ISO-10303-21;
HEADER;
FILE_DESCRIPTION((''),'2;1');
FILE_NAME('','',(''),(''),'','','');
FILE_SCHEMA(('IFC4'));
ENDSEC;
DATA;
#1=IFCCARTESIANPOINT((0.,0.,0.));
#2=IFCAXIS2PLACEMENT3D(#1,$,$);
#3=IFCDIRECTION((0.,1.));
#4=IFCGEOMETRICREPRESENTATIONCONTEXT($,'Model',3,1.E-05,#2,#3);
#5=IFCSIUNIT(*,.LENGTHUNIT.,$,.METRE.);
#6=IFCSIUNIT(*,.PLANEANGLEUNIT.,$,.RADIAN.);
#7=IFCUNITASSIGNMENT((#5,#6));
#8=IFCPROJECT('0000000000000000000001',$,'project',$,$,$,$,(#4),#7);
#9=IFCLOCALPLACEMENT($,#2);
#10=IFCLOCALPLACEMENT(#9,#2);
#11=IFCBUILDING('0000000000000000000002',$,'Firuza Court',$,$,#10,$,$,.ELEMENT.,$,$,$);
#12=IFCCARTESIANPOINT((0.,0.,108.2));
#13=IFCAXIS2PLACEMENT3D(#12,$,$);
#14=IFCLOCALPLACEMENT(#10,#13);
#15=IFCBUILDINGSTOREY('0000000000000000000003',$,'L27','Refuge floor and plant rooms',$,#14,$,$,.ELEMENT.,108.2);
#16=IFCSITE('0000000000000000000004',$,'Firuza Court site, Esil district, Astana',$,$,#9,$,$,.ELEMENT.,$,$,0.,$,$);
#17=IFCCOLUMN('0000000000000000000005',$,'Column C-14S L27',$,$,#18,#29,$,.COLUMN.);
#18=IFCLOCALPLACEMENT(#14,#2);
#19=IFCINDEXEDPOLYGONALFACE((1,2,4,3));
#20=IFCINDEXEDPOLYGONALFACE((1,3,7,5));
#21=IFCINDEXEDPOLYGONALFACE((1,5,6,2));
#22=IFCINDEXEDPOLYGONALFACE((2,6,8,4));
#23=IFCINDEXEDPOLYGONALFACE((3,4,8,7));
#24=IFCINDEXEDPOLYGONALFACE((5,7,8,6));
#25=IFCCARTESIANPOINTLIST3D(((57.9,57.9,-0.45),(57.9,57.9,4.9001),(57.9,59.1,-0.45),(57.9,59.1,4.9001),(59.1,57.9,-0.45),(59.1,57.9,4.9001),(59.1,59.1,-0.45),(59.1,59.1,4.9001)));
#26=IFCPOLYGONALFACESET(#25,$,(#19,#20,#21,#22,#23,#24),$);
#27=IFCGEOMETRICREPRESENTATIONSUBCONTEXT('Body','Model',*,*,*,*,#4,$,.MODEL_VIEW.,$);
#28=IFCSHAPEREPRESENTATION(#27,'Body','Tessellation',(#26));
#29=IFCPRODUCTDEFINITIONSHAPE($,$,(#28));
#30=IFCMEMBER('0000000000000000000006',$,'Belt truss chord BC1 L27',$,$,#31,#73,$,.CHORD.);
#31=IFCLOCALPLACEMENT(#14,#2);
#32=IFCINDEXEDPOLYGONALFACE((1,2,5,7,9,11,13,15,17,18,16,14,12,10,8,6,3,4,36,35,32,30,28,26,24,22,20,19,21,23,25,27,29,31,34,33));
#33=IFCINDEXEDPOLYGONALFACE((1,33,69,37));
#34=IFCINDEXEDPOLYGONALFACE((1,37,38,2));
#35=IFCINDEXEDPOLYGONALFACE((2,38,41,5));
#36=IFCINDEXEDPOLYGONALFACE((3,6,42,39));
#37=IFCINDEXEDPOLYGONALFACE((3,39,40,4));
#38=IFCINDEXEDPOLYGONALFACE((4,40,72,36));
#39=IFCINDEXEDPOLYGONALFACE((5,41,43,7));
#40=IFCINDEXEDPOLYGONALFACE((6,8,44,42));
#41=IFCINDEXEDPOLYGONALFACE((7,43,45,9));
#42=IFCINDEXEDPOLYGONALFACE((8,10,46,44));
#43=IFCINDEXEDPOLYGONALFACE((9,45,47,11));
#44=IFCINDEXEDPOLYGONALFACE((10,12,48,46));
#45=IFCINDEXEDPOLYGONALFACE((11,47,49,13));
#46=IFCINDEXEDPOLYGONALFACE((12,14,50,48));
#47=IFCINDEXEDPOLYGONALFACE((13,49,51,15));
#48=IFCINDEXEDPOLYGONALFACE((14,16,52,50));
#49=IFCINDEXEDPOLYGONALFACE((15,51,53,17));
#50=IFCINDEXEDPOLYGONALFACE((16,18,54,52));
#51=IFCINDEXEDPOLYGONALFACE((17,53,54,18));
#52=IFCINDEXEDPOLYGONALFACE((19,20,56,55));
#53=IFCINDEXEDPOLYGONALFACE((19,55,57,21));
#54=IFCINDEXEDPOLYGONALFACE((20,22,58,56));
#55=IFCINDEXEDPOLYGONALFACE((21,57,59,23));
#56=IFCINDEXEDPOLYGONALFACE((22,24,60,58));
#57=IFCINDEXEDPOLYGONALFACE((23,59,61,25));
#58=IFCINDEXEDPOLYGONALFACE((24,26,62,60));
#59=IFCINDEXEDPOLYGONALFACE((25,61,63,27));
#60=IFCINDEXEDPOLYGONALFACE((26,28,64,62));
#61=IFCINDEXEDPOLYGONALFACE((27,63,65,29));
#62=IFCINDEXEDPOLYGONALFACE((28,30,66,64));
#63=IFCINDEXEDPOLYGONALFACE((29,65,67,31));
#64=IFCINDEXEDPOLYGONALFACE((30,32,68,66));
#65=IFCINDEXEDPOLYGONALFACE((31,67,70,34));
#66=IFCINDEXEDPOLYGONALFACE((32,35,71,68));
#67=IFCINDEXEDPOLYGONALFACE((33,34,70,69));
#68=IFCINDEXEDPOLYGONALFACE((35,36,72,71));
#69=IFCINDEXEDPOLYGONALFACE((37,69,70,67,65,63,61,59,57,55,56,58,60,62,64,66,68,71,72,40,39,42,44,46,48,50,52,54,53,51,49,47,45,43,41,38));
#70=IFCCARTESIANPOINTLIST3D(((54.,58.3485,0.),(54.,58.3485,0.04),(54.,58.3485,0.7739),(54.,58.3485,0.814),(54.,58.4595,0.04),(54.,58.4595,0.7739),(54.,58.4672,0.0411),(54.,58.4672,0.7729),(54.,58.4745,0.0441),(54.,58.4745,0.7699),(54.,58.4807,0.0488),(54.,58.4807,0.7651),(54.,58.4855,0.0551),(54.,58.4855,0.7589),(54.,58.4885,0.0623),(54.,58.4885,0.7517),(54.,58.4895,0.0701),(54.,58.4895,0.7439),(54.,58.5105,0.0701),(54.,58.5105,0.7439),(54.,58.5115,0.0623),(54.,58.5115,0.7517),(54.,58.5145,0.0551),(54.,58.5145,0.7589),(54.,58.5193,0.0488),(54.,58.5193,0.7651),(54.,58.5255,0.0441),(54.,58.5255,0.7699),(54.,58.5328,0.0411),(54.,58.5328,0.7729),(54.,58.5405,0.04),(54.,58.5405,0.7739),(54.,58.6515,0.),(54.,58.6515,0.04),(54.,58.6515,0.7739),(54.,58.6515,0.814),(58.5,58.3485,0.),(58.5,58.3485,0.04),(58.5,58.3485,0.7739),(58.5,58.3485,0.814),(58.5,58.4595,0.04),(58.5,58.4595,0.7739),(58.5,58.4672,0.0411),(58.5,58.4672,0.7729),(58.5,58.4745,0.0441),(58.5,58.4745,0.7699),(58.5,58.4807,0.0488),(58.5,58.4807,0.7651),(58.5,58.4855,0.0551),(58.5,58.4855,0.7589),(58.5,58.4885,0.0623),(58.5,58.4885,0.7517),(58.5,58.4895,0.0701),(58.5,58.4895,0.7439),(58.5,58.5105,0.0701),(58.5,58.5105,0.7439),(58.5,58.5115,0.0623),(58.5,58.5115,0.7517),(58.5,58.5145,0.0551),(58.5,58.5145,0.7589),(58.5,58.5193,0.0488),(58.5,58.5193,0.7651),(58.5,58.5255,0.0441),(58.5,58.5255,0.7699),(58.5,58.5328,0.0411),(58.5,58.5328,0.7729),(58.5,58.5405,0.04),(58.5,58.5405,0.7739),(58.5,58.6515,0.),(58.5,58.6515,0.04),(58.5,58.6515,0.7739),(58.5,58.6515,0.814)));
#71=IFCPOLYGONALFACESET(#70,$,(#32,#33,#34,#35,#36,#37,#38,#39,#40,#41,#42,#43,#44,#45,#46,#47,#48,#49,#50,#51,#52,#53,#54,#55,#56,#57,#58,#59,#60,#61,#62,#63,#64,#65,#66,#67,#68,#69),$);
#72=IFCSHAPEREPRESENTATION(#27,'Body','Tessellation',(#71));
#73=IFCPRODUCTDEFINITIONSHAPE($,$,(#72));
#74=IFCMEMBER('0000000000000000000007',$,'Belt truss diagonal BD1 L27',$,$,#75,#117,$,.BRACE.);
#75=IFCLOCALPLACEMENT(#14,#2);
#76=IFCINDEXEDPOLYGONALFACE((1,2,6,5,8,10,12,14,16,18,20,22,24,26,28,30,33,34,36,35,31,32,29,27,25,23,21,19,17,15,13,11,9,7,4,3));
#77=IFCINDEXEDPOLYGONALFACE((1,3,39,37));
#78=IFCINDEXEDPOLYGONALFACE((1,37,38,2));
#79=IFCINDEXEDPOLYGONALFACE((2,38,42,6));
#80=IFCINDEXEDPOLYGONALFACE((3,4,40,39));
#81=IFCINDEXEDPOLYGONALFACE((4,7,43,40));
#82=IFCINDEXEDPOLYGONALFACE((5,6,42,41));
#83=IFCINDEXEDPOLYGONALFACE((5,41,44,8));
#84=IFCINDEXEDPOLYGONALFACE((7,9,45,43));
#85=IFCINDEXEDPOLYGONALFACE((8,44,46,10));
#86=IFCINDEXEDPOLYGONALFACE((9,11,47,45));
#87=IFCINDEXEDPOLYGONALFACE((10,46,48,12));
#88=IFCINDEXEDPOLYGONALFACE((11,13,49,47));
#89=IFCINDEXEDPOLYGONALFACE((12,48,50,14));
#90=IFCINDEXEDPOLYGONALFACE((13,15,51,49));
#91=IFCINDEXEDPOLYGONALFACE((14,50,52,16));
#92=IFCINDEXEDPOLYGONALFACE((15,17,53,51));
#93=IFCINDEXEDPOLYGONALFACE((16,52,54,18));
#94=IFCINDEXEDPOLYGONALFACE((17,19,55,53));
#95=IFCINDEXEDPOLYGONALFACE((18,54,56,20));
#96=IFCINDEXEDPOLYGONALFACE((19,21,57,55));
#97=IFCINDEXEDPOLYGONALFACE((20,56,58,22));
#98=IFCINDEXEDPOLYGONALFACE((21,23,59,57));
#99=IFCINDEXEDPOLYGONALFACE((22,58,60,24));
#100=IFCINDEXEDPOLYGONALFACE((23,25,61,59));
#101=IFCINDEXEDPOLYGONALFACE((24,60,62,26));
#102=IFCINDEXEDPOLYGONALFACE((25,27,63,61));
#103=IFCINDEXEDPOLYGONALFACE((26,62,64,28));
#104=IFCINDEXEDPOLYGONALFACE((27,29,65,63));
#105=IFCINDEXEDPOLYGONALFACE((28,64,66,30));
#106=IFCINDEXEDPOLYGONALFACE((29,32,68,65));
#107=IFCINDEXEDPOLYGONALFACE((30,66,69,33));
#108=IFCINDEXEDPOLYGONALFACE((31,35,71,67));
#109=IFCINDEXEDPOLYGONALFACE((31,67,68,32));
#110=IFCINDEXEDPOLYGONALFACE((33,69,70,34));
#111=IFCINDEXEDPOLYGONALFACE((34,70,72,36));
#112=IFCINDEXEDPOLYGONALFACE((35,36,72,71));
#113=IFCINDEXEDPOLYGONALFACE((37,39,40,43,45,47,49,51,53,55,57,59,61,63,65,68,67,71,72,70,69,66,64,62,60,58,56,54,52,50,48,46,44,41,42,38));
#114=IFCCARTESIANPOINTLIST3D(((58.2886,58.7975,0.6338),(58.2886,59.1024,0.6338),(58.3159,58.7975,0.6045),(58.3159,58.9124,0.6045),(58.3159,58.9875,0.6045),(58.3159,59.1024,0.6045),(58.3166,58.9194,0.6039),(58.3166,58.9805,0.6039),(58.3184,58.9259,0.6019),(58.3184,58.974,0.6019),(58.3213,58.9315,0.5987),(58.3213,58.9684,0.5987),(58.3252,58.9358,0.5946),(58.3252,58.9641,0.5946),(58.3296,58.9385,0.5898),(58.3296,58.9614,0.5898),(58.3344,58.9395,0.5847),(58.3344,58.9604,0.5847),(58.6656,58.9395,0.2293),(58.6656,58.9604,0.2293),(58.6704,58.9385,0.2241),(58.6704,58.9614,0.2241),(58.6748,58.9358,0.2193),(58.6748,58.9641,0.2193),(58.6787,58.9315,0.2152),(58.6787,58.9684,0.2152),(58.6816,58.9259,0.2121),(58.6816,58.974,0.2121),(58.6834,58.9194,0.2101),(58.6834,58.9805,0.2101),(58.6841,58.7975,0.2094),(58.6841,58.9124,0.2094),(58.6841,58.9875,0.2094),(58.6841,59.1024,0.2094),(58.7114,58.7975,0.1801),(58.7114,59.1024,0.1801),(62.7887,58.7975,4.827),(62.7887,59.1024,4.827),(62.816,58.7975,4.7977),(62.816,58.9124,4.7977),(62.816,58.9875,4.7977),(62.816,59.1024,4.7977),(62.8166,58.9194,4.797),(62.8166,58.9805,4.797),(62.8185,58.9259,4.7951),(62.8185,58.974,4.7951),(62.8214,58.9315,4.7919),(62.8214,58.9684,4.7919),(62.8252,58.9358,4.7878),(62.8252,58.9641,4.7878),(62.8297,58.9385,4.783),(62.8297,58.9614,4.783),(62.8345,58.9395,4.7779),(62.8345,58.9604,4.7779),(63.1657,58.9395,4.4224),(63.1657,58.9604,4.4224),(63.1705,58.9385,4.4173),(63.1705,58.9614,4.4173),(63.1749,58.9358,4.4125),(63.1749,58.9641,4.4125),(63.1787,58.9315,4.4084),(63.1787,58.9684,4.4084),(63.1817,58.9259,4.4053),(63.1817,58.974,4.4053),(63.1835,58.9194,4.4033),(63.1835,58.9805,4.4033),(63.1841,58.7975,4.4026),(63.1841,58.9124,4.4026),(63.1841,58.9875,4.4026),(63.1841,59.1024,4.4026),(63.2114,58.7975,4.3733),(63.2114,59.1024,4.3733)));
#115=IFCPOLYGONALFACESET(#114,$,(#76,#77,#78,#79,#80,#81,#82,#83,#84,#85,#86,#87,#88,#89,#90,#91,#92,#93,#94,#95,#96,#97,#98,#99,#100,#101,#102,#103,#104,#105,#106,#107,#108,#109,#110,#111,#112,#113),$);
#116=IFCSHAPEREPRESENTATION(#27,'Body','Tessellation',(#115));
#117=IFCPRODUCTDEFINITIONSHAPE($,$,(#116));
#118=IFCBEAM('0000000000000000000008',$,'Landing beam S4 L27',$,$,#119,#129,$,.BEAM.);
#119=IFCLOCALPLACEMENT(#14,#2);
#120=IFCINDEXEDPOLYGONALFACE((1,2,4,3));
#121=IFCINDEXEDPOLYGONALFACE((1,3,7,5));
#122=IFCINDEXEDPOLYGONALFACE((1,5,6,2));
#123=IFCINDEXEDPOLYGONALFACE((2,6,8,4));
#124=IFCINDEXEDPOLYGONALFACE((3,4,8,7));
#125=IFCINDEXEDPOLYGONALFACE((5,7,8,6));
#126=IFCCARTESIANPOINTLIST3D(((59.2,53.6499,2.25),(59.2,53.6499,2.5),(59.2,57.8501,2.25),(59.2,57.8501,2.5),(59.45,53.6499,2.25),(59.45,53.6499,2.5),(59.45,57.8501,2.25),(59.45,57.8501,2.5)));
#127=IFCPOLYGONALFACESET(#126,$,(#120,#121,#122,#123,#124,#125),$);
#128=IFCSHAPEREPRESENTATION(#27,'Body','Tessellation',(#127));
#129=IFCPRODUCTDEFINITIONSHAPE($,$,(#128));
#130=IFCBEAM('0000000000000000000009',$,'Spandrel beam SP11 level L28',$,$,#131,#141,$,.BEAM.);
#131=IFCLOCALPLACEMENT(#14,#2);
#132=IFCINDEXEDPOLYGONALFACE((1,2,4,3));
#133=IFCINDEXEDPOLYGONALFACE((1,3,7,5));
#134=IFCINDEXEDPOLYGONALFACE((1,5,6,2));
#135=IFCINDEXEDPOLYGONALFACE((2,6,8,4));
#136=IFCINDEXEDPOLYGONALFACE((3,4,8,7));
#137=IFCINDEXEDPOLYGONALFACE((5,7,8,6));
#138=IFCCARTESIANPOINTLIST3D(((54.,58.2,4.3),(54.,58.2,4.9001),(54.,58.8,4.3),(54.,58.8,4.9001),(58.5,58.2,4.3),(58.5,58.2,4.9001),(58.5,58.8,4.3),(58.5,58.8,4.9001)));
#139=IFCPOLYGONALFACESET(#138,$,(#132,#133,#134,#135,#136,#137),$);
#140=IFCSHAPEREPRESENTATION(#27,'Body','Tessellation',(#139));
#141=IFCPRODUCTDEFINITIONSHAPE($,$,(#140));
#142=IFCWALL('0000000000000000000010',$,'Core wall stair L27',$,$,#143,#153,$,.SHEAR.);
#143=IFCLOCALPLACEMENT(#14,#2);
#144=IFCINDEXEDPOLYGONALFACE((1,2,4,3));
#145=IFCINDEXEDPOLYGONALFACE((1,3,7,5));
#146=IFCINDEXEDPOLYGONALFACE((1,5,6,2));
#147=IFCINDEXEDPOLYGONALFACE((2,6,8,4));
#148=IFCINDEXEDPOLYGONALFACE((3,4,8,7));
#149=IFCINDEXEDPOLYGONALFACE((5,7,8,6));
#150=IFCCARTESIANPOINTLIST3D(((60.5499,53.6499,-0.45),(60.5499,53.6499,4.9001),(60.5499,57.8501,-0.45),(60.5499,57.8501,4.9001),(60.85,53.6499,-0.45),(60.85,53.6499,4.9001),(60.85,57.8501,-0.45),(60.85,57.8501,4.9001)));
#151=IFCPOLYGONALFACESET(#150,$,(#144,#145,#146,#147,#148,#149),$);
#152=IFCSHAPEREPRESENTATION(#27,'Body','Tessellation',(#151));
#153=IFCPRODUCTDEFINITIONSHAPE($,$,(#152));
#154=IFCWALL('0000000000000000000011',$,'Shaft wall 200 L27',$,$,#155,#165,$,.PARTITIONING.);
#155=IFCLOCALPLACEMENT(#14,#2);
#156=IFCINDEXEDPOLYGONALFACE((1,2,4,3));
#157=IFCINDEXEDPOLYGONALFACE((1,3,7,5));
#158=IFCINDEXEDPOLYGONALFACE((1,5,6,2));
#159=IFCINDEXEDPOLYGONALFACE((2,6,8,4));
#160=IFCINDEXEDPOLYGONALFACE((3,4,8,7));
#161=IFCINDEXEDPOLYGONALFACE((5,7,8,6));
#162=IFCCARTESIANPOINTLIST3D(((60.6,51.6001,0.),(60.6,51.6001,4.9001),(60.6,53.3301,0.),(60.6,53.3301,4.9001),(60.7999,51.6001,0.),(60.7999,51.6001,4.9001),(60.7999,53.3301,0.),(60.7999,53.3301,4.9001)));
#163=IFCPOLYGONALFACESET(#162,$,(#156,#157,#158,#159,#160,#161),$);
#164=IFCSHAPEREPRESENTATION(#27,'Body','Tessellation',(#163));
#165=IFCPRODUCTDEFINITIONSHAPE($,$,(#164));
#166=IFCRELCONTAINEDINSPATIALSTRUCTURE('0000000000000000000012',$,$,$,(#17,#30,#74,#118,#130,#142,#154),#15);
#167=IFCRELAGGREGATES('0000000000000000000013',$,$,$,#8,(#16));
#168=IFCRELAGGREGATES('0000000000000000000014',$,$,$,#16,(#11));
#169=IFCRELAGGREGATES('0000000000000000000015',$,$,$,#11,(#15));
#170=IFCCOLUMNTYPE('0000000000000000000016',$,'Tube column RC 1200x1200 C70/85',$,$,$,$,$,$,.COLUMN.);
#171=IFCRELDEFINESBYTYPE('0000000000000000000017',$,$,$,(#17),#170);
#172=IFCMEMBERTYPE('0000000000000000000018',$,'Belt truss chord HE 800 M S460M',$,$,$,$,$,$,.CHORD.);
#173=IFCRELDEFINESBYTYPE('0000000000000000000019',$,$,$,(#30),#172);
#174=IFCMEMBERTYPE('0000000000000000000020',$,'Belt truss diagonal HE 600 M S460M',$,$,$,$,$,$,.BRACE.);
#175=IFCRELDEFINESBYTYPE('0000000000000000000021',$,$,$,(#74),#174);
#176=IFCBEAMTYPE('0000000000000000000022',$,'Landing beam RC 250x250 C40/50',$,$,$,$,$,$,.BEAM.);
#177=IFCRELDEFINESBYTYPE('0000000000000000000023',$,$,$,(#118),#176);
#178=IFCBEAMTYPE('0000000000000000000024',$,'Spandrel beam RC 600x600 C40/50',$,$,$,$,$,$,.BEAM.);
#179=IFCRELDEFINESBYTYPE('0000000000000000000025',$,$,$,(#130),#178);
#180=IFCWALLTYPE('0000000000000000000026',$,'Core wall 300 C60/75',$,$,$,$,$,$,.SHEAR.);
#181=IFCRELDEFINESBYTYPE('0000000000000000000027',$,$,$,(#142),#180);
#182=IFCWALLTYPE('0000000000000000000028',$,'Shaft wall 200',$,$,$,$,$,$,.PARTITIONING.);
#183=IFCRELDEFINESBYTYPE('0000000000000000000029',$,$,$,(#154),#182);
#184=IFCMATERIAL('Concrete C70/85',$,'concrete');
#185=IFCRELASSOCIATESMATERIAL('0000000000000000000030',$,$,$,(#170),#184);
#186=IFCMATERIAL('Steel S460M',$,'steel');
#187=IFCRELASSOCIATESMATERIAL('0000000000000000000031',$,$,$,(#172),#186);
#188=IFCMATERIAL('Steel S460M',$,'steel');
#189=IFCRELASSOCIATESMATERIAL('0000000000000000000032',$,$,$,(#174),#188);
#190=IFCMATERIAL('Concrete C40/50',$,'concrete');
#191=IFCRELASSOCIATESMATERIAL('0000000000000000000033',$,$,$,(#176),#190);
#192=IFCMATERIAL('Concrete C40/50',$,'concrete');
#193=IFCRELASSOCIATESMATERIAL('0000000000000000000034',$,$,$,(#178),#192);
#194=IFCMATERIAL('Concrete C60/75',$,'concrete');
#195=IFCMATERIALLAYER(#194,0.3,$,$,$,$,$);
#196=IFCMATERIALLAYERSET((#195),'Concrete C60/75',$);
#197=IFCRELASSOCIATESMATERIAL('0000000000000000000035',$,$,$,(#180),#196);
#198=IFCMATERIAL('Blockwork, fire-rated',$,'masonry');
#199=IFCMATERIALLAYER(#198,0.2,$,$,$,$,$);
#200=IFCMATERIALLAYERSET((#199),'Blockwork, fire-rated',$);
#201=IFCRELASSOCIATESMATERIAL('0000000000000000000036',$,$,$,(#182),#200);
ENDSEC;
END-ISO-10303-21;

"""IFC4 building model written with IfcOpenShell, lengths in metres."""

from ifc_helpers import new_model, si_unit, direction, frame, frame_2d, origin, origin_2d, place, context, subcontext, project, spatial, rectangle, i_section, extrude, material, layer, layer_set, material_profile, profile_set, type_object, element, save


model = new_model("IFC4")

# Units and contexts
model_context = context("Model", 3, precision=1e-05, world=origin(), true_north=direction((0.0, 1.0)))
body_context = subcontext(model_context, "Body", "Model", "MODEL_VIEW")
ifc_project = project(units=[si_unit("LENGTHUNIT", "METRE"), si_unit("PLANEANGLEUNIT", "RADIAN")], contexts=[model_context])

# Site, building, storey
site_placement = place(None, origin())
site = spatial("IfcSite", under=ifc_project, at=site_placement, Name="Firuza Court site, Esil district, Astana", CompositionType="ELEMENT", RefElevation=0.0)
building_placement = place(site_placement, origin())
building = spatial("IfcBuilding", under=site, at=building_placement, Name="Firuza Court", CompositionType="ELEMENT")
storey_placement = place(building_placement, frame((0.0, 0.0, 108.2)))
storey = spatial("IfcBuildingStorey", under=building, at=storey_placement, Name="L27", Description="Refuge floor and plant rooms", CompositionType="ELEMENT", Elevation=108.2)

# Column
ifc_material_1 = material(Name="Concrete C70/85", Category="concrete")
ifc_material_profile_1 = material_profile(ifc_material_1, rectangle(XDim=1.2, YDim=1.2, at=origin_2d()), Name="RC 1200x1200")
ifc_profile_set_1 = profile_set([ifc_material_profile_1], Name="Concrete C70/85")
column_type = type_object("IfcColumnType", Name="Tube column RC 1200x1200 C70/85", PredefinedType="COLUMN", material=ifc_profile_set_1)
column_placement = place(storey_placement, frame((58.5, 58.5, -0.45), z_axis=(0.0, 0.0, 1.0), x_axis=(1.0, 0.0, 0.0)))
element("IfcColumn", 1, at=column_placement, inside=storey, type_object=column_type, Name="Column C-14S L27", PredefinedType="COLUMN", context=body_context, shape_type="SweptSolid", body=[
    extrude(rectangle(XDim=1.2, YDim=1.2, at=origin_2d()), origin(), (0.0, 0.0, 1.0), 5.3501),
])

# Members
ifc_material_2 = material(Name="Steel S460M", Category="steel")
ifc_material_profile_2 = material_profile(ifc_material_2, i_section(OverallWidth=0.303, OverallDepth=0.814, WebThickness=0.021, FlangeThickness=0.04, FilletRadius=0.03, at=origin_2d()), Name="HE 800 M")
ifc_profile_set_2 = profile_set([ifc_material_profile_2], Name="Steel S460M")
member_type_1 = type_object("IfcMemberType", Name="Belt truss chord HE 800 M S460M", PredefinedType="CHORD", material=ifc_profile_set_2)
member_1_placement = place(storey_placement, frame((58.5, 58.5, 0.407), z_axis=(-1.0, 0.0, 0.0), x_axis=(0.0, -1.0, 0.0)))
element("IfcMember", 2, at=member_1_placement, inside=storey, type_object=member_type_1, Name="Belt truss chord BC1 L27", PredefinedType="CHORD", context=body_context, shape_type="SweptSolid", body=[
    extrude(i_section(OverallWidth=0.303, OverallDepth=0.814, WebThickness=0.021, FlangeThickness=0.04, FilletRadius=0.03, at=origin_2d()), origin(), (0.0, 0.0, 1.0), 4.5),
])
ifc_material_3 = material(Name="Steel S460M", Category="steel")
ifc_material_profile_3 = material_profile(ifc_material_3, i_section(OverallWidth=0.3049, OverallDepth=0.6201, WebThickness=0.021, FlangeThickness=0.04, FilletRadius=0.0271, at=origin_2d()), Name="HE 600 M")
ifc_profile_set_3 = profile_set([ifc_material_profile_3], Name="Steel S460M")
member_type_2 = type_object("IfcMemberType", Name="Belt truss diagonal HE 600 M S460M", PredefinedType="BRACE", material=ifc_profile_set_3)
member_2_placement = place(storey_placement, frame((58.5, 58.95, 0.407), z_axis=(0.731613, 0.0, 0.68172), x_axis=(0.0, 1.0, 0.0)))
element("IfcMember", 3, at=member_2_placement, inside=storey, type_object=member_type_2, Name="Belt truss diagonal BD1 L27", PredefinedType="BRACE", context=body_context, shape_type="SweptSolid", body=[
    extrude(i_section(OverallWidth=0.3049, OverallDepth=0.6201, WebThickness=0.021, FlangeThickness=0.04, FilletRadius=0.0271, at=origin_2d()), origin(), (0.0, 0.0, 1.0), 6.1509),
])

# Beams
ifc_material_4 = material(Name="Concrete C40/50", Category="concrete")
ifc_material_profile_4 = material_profile(ifc_material_4, rectangle(XDim=0.25, YDim=0.25, at=origin_2d()), Name="RC 250x250")
ifc_profile_set_4 = profile_set([ifc_material_profile_4], Name="Concrete C40/50")
beam_type_1 = type_object("IfcBeamType", Name="Landing beam RC 250x250 C40/50", PredefinedType="BEAM", material=ifc_profile_set_4)
beam_1_placement = place(storey_placement, frame((59.325, 53.6499, 2.375), z_axis=(0.0, 1.0, 0.0), x_axis=(-1.0, 0.0, 0.0)))
element("IfcBeam", 4, at=beam_1_placement, inside=storey, type_object=beam_type_1, Name="Landing beam S4 L27", PredefinedType="BEAM", context=body_context, shape_type="SweptSolid", body=[
    extrude(rectangle(XDim=0.25, YDim=0.25, at=origin_2d()), origin(), (0.0, 0.0, 1.0), 4.2002),
])
ifc_material_5 = material(Name="Concrete C40/50", Category="concrete")
ifc_material_profile_5 = material_profile(ifc_material_5, rectangle(XDim=0.6001, YDim=0.6001, at=origin_2d()), Name="RC 600x600")
ifc_profile_set_5 = profile_set([ifc_material_profile_5], Name="Concrete C40/50")
beam_type_2 = type_object("IfcBeamType", Name="Spandrel beam RC 600x600 C40/50", PredefinedType="BEAM", material=ifc_profile_set_5)
beam_2_placement = place(storey_placement, frame((58.5, 58.5, 4.6001), z_axis=(-1.0, 0.0, 0.0), x_axis=(0.0, -1.0, 0.0)))
element("IfcBeam", 5, at=beam_2_placement, inside=storey, type_object=beam_type_2, Name="Spandrel beam SP11 level L28", PredefinedType="BEAM", context=body_context, shape_type="SweptSolid", body=[
    extrude(rectangle(XDim=0.6001, YDim=0.6001, at=origin_2d()), origin(), (0.0, 0.0, 1.0), 4.5),
])

# Walls
ifc_material_6 = material(Name="Concrete C60/75", Category="concrete")
ifc_layer_1 = layer(ifc_material_6, 0.3)
ifc_layer_set_1 = layer_set([ifc_layer_1], Name="Concrete C60/75")
wall_type_1 = type_object("IfcWallType", Name="Core wall 300 C60/75", PredefinedType="SHEAR", material=ifc_layer_set_1)
wall_1_placement = place(storey_placement, frame((60.7, 53.6499, -0.45), z_axis=(0.0, 0.0, 1.0), x_axis=(0.0, 1.0, 0.0)))
element("IfcWall", 6, at=wall_1_placement, inside=storey, type_object=wall_type_1, Name="Core wall stair L27", PredefinedType="SHEAR", context=body_context, shape_type="SweptSolid", body=[
    extrude(rectangle(XDim=4.2002, YDim=0.3, at=frame_2d((2.1001, 0.0))), origin(), (0.0, 0.0, 1.0), 5.3501),
])
ifc_material_7 = material(Name="Blockwork, fire-rated", Category="masonry")
ifc_layer_2 = layer(ifc_material_7, 0.2)
ifc_layer_set_2 = layer_set([ifc_layer_2], Name="Blockwork, fire-rated")
wall_type_2 = type_object("IfcWallType", Name="Shaft wall 200", PredefinedType="PARTITIONING", material=ifc_layer_set_2)
wall_2_placement = place(storey_placement, frame((60.7, 51.6001, 0.0), z_axis=(0.0, 0.0, 1.0), x_axis=(0.0, 1.0, 0.0)))
element("IfcWall", 7, at=wall_2_placement, inside=storey, type_object=wall_type_2, Name="Shaft wall 200 L27", PredefinedType="PARTITIONING", context=body_context, shape_type="SweptSolid", body=[
    extrude(rectangle(XDim=1.73, YDim=0.2, at=frame_2d((0.865, 0.0))), origin(), (0.0, 0.0, 1.0), 4.9001),
])

save(model, "model.ifc")
